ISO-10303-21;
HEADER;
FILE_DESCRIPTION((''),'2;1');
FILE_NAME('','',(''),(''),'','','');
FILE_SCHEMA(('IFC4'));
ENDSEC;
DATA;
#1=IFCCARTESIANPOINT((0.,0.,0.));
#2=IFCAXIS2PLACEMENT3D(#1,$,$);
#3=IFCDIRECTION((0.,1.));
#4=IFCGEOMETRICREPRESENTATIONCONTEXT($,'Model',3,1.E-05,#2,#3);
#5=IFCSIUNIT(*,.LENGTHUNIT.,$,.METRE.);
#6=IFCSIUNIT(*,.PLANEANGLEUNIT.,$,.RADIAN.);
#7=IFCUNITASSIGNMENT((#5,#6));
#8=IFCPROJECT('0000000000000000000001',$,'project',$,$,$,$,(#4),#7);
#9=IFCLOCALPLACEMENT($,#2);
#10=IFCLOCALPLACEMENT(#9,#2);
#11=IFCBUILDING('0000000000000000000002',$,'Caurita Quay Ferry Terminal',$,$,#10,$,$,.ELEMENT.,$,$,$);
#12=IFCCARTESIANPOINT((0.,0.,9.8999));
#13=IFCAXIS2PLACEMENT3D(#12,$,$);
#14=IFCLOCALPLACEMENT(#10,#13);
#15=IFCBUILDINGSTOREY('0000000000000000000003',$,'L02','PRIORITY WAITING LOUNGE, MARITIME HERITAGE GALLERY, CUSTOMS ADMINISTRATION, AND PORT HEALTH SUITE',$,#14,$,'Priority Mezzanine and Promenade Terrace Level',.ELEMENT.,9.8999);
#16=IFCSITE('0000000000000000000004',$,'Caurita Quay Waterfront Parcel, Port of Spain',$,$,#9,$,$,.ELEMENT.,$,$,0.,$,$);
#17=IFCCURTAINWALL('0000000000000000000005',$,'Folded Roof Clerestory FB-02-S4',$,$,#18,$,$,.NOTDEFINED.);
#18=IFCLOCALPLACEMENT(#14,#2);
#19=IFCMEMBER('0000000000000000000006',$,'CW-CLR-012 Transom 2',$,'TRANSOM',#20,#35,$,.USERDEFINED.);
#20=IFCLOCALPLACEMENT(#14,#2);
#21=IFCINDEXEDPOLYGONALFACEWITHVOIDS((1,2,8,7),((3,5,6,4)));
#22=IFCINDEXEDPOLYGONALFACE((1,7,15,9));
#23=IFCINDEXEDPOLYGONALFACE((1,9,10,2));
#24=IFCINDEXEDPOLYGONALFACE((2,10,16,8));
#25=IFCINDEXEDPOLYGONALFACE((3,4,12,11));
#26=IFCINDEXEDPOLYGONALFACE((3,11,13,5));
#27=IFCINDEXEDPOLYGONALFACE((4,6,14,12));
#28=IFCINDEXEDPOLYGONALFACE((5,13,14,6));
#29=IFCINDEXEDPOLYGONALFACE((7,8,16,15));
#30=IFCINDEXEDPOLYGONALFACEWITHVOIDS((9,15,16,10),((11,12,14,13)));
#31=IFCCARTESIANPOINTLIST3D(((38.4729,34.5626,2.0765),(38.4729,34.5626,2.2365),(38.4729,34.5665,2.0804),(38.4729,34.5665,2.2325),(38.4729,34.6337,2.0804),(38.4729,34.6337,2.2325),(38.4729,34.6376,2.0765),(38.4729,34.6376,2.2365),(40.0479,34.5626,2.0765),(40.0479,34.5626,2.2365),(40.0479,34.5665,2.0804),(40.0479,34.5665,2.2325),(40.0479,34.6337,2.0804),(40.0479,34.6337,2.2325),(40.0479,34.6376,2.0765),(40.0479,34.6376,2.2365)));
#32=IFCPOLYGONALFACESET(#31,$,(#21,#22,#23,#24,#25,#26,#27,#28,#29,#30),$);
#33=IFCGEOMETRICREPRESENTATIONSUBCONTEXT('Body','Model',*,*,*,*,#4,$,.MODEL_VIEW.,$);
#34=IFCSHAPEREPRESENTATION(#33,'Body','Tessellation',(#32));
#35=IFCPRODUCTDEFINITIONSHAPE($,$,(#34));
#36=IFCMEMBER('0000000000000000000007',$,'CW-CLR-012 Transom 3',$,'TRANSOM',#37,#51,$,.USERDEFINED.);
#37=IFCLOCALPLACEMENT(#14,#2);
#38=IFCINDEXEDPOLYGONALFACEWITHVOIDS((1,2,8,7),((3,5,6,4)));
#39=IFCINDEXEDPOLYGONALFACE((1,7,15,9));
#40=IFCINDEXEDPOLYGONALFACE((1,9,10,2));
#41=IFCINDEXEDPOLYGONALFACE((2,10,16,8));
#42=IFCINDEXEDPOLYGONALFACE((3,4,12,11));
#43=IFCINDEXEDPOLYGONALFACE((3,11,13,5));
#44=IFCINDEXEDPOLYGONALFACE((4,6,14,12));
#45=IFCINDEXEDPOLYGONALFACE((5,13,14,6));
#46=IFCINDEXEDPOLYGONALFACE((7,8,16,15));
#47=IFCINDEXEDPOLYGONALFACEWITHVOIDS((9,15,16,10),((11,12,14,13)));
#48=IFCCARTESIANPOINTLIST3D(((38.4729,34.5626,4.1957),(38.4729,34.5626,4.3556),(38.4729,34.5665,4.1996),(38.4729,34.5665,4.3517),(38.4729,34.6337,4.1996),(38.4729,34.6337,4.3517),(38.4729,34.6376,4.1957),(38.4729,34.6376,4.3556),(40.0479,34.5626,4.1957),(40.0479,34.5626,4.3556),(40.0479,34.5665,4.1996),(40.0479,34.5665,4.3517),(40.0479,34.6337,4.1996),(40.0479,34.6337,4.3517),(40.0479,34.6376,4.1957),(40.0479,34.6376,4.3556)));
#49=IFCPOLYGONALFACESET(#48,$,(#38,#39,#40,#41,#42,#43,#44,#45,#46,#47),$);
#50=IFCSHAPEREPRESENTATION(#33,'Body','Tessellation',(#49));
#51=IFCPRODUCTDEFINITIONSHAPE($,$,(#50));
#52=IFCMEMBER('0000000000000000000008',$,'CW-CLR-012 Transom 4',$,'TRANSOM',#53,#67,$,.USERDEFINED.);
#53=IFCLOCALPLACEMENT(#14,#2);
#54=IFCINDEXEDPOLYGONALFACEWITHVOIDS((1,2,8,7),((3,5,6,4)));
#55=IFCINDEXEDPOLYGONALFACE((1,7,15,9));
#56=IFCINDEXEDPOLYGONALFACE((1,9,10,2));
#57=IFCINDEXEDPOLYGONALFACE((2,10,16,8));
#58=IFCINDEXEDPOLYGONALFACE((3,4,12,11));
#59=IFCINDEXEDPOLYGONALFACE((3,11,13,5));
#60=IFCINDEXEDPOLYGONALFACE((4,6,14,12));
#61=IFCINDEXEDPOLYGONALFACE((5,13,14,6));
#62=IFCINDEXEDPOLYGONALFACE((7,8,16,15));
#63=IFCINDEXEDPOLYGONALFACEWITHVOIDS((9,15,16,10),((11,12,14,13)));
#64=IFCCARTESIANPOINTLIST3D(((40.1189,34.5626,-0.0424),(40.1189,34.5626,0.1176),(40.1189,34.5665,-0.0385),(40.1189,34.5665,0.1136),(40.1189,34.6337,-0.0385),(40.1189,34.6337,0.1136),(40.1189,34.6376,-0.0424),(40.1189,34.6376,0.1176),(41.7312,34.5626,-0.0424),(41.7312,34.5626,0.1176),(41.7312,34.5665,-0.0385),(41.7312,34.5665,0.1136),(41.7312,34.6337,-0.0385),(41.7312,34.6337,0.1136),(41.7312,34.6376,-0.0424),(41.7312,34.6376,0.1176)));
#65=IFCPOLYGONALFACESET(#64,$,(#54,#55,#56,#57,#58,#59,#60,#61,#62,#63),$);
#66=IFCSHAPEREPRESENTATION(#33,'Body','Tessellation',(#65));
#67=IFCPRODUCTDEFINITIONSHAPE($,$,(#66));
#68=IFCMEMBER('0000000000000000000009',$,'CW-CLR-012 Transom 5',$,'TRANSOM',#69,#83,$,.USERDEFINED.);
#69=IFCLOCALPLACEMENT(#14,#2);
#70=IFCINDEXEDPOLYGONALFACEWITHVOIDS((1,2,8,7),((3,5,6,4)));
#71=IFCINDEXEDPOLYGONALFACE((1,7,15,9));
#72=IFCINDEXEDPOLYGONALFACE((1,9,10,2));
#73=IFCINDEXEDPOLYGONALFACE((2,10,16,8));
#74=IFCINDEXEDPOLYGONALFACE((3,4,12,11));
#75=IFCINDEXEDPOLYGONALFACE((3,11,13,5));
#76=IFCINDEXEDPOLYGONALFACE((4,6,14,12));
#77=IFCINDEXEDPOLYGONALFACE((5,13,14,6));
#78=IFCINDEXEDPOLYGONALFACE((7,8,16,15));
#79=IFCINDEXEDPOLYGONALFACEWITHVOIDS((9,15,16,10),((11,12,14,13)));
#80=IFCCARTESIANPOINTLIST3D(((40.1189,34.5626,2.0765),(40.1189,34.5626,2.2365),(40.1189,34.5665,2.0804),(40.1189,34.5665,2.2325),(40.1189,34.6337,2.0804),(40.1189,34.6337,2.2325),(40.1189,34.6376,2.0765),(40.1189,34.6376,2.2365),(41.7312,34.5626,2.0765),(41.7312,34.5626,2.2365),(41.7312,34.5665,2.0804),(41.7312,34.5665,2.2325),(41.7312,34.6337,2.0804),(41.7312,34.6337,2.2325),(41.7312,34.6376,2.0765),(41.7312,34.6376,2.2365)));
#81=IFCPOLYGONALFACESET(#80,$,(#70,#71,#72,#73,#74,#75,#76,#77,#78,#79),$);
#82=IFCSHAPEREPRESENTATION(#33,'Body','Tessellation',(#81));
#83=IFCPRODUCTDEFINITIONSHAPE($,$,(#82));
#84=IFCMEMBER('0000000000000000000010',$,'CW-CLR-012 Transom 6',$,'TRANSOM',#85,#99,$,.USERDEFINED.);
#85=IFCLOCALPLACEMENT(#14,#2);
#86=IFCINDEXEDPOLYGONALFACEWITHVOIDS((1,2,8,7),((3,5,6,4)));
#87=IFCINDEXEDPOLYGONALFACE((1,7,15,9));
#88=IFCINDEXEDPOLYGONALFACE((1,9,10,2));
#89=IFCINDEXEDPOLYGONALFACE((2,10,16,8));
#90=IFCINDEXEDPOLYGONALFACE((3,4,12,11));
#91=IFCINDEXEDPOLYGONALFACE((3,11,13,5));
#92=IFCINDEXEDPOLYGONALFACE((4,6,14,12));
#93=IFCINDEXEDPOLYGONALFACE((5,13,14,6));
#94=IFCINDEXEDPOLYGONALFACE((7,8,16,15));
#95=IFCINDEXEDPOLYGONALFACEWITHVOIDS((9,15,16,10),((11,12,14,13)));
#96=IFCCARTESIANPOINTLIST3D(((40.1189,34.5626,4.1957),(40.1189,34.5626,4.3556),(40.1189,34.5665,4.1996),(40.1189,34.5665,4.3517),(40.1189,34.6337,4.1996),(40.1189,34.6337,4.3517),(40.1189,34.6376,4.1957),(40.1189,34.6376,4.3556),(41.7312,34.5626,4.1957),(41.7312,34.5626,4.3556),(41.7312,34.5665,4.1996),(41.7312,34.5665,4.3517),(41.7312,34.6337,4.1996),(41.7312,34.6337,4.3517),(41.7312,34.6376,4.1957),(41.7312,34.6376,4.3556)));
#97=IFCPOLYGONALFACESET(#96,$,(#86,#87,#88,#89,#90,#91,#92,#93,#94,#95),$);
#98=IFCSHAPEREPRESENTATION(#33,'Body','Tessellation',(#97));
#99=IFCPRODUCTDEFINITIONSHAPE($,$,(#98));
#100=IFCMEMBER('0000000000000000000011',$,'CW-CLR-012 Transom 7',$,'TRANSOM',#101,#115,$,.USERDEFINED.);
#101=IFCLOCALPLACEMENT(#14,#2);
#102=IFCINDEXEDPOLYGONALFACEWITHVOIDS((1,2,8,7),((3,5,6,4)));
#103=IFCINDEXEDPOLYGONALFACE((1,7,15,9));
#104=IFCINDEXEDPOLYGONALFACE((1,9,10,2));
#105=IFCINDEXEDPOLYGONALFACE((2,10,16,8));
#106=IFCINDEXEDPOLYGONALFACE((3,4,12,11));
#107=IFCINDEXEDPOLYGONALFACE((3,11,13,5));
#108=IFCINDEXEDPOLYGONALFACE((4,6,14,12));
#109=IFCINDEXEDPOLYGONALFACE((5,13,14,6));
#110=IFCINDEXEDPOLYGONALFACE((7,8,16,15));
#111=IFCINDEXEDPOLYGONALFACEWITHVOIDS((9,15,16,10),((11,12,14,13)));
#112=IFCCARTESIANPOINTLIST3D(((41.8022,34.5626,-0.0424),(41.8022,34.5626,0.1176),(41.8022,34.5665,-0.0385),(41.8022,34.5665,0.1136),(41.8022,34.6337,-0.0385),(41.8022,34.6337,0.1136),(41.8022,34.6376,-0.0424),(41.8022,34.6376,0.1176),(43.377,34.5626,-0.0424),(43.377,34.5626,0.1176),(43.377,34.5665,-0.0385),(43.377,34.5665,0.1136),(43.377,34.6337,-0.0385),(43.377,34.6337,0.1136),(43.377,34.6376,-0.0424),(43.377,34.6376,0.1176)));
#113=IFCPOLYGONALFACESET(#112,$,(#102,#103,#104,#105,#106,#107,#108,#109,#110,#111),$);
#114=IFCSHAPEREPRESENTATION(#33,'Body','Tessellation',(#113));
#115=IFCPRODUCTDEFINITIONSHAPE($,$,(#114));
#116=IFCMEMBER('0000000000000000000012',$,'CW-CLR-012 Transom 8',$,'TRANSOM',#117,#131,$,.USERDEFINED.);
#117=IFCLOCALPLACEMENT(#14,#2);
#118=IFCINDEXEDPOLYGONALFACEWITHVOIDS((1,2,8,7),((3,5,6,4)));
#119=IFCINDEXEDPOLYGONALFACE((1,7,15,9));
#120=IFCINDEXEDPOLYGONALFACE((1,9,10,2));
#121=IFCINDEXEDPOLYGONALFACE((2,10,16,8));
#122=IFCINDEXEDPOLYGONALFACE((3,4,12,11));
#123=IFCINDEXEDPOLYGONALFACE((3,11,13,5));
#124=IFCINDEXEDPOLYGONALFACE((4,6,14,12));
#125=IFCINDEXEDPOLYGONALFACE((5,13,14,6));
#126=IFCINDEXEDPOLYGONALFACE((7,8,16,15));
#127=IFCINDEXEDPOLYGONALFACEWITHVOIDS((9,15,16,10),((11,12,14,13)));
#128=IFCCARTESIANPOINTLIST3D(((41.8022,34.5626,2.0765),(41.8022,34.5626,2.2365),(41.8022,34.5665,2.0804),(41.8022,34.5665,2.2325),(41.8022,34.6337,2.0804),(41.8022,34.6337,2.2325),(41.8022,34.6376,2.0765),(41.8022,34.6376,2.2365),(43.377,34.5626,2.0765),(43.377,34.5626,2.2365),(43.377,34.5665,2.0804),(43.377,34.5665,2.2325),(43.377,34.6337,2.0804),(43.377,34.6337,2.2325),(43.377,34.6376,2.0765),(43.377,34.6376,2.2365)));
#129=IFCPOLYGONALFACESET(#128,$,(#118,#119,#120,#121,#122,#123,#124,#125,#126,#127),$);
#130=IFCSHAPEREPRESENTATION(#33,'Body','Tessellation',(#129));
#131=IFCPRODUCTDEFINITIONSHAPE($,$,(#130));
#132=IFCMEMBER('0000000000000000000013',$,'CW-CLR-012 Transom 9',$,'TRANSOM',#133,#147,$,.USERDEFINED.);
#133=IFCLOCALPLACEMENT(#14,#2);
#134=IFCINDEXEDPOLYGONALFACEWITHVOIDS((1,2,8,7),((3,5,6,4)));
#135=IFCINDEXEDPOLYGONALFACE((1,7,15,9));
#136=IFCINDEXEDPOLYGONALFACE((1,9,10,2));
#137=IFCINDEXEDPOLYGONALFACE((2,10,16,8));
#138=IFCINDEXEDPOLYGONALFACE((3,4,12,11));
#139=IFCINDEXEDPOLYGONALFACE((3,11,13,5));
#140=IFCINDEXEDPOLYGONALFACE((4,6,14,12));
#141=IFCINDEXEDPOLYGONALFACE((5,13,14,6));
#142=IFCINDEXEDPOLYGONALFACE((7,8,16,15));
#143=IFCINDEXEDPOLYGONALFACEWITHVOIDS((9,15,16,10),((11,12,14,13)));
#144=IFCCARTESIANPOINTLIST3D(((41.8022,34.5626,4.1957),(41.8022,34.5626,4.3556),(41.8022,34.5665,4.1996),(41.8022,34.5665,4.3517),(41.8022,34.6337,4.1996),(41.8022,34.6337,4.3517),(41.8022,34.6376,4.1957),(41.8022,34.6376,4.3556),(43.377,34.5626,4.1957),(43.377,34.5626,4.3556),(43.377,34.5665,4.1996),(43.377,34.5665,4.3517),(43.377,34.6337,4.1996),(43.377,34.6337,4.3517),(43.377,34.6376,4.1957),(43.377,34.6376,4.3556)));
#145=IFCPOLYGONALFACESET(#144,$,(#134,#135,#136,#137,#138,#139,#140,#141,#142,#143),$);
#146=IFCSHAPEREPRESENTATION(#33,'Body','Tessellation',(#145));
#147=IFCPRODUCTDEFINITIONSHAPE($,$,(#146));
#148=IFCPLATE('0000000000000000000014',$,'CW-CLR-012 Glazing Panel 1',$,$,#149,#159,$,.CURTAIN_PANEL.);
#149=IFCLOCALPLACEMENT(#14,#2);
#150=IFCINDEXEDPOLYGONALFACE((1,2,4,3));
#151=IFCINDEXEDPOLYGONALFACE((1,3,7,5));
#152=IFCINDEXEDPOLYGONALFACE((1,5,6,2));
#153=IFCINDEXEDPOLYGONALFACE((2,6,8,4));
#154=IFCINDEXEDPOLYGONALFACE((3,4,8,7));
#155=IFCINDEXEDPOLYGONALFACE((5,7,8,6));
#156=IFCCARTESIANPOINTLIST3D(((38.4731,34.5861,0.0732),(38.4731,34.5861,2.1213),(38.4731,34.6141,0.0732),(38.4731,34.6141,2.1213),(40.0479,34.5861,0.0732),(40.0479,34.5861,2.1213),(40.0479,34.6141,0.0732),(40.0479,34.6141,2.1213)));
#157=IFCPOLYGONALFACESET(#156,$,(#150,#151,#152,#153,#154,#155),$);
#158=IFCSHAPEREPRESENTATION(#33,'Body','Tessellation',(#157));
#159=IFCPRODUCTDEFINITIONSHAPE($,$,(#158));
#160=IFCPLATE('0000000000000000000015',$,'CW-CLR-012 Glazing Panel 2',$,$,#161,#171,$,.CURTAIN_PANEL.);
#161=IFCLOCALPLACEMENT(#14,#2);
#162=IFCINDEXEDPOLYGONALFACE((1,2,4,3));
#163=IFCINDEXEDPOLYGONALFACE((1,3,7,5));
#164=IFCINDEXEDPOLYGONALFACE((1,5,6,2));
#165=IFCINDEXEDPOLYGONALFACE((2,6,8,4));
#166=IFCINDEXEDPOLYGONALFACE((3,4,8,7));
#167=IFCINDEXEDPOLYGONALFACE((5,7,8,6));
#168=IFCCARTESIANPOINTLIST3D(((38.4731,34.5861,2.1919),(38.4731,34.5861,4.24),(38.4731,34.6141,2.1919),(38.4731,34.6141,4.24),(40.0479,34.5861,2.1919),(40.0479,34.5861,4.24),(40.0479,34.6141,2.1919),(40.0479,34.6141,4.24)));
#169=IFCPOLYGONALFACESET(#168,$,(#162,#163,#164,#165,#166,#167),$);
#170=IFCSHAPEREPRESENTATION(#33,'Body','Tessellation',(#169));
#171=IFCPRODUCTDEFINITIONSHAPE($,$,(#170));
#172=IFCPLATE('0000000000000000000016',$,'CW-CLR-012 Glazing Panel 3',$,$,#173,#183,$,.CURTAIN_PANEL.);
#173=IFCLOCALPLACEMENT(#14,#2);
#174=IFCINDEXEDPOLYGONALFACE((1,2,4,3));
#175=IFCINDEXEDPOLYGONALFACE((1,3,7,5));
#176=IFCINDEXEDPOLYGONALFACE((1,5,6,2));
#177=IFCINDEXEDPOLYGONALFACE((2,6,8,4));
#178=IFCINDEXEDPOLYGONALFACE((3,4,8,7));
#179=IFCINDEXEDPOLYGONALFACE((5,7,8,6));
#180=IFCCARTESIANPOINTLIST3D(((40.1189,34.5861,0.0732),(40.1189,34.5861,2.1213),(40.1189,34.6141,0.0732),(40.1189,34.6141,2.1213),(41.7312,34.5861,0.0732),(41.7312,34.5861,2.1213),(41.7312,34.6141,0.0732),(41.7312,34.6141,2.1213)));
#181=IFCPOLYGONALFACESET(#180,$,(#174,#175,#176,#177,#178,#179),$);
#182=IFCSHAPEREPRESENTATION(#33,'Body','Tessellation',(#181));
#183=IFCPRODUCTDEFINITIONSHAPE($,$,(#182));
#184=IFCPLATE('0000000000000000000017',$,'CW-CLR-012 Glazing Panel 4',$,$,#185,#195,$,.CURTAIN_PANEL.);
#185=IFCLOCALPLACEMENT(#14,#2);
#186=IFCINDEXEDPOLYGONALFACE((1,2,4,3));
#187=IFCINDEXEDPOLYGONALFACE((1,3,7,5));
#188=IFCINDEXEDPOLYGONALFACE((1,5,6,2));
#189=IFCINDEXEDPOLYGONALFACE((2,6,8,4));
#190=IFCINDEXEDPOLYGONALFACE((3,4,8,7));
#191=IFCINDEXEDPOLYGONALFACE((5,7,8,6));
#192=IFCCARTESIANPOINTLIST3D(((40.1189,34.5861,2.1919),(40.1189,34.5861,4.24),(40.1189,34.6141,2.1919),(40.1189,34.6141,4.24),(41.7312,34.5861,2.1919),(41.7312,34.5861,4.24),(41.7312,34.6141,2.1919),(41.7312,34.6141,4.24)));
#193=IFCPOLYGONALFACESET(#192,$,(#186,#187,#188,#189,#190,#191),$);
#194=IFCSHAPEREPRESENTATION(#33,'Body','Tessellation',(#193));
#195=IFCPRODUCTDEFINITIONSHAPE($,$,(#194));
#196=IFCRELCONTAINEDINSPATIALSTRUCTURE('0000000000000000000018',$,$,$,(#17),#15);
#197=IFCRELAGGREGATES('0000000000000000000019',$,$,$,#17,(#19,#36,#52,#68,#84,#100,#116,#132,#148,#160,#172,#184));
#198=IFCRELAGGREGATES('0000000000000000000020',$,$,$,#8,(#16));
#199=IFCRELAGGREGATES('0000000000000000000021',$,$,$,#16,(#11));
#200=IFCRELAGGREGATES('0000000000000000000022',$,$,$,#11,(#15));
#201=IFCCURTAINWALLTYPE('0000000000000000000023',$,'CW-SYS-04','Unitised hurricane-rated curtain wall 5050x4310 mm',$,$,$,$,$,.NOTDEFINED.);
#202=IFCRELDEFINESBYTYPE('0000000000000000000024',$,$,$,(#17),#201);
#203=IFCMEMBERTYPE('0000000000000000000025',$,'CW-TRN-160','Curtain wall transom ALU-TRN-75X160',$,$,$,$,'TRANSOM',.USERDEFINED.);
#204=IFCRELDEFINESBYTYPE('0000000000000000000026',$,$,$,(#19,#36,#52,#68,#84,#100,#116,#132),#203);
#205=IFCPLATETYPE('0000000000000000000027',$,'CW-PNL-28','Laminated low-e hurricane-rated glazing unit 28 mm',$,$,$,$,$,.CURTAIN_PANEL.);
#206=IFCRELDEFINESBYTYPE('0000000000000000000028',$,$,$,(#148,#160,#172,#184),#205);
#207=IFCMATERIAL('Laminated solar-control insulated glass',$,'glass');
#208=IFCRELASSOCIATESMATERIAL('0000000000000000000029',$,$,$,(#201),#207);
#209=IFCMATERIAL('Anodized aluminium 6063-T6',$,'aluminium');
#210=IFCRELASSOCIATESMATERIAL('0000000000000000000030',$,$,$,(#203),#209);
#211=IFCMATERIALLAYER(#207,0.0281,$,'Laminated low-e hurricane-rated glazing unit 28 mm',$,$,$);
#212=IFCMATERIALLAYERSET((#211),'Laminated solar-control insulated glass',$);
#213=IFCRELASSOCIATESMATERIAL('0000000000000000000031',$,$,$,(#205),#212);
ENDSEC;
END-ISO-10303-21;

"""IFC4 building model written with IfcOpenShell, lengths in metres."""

from ifc_helpers import new_model, si_unit, direction, frame, origin, origin_2d, place, context, subcontext, project, spatial, rectangle, hollow_rectangle, extrude, material, layer, layer_set, material_profile, profile_set, type_object, element, aggregate, save


model = new_model("IFC4")

# Units and contexts
model_context = context("Model", 3, precision=1e-05, world=origin(), true_north=direction((0.0, 1.0)))
body_context = subcontext(model_context, "Body", "Model", "MODEL_VIEW")
ifc_project = project(units=[si_unit("LENGTHUNIT", "METRE"), si_unit("PLANEANGLEUNIT", "RADIAN")], contexts=[model_context])

# Site, building, storey
site_placement = place(None, origin())
site = spatial("IfcSite", under=ifc_project, at=site_placement, Name="Caurita Quay Waterfront Parcel, Port of Spain", CompositionType="ELEMENT", RefElevation=0.0)
building_placement = place(site_placement, origin())
building = spatial("IfcBuilding", under=site, at=building_placement, Name="Caurita Quay Ferry Terminal", CompositionType="ELEMENT")
storey_placement = place(building_placement, frame((0.0, 0.0, 9.8999)))
storey = spatial("IfcBuildingStorey", under=building, at=storey_placement, Name="L02", Description="PRIORITY WAITING LOUNGE, MARITIME HERITAGE GALLERY, CUSTOMS ADMINISTRATION, AND PORT HEALTH SUITE", LongName="Priority Mezzanine and Promenade Terrace Level", CompositionType="ELEMENT", Elevation=9.8999)

# Curtain wall, members, plates
ifc_material_1 = material(Name="Laminated solar-control insulated glass", Category="glass")
curtain_wall_type = type_object("IfcCurtainWallType", Name="CW-SYS-04", Description="Unitised hurricane-rated curtain wall 5050x4310 mm", PredefinedType="NOTDEFINED", material=ifc_material_1)
curtain_wall_placement = place(storey_placement, origin())
curtain_wall = element("IfcCurtainWall", 1, at=curtain_wall_placement, inside=storey, type_object=curtain_wall_type, Name="Folded Roof Clerestory FB-02-S4", PredefinedType="NOTDEFINED")
ifc_material_2 = material(Name="Anodized aluminium 6063-T6", Category="aluminium")
ifc_material_profile_1 = material_profile(ifc_material_2, hollow_rectangle(XDim=0.075, YDim=0.1599, WallThickness=0.0039, at=origin_2d()), Name="ALU-TRN-75X160")
ifc_profile_set_1 = profile_set([ifc_material_profile_1], Name="Anodized aluminium 6063-T6")
member_type_1 = type_object("IfcMemberType", Name="CW-TRN-160", Description="Curtain wall transom ALU-TRN-75X160", ElementType="TRANSOM", PredefinedType="USERDEFINED", material=ifc_profile_set_1)
member_1_placement = place(storey_placement, frame((38.4729, 34.6001, 2.1565), z_axis=(1.0, 0.0, 0.0), x_axis=(0.0, 1.0, 0.0)))
member_1 = element("IfcMember", 2, at=member_1_placement, type_object=member_type_1, Name="CW-CLR-012 Transom 2", ObjectType="TRANSOM", PredefinedType="USERDEFINED", context=body_context, shape_type="SweptSolid", body=[
    extrude(hollow_rectangle(XDim=0.075, YDim=0.1599, WallThickness=0.0039, at=origin_2d()), origin(), (0.0, 0.0, 1.0), 1.575),
])
member_2_placement = place(storey_placement, frame((38.4729, 34.6001, 4.2756), z_axis=(1.0, 0.0, 0.0), x_axis=(0.0, 1.0, 0.0)))
member_2 = element("IfcMember", 3, at=member_2_placement, type_object=member_type_1, Name="CW-CLR-012 Transom 3", ObjectType="TRANSOM", PredefinedType="USERDEFINED", context=body_context, shape_type="SweptSolid", body=[
    extrude(hollow_rectangle(XDim=0.075, YDim=0.1599, WallThickness=0.0039, at=origin_2d()), origin(), (0.0, 0.0, 1.0), 1.575),
])
member_3_placement = place(storey_placement, frame((40.1189, 34.6001, 0.0376), z_axis=(1.0, 0.0, 0.0), x_axis=(0.0, 1.0, 0.0)))
member_3 = element("IfcMember", 4, at=member_3_placement, type_object=member_type_1, Name="CW-CLR-012 Transom 4", ObjectType="TRANSOM", PredefinedType="USERDEFINED", context=body_context, shape_type="SweptSolid", body=[
    extrude(hollow_rectangle(XDim=0.075, YDim=0.1599, WallThickness=0.0039, at=origin_2d()), origin(), (0.0, 0.0, 1.0), 1.6123),
])
member_4_placement = place(storey_placement, frame((40.1189, 34.6001, 2.1565), z_axis=(1.0, 0.0, 0.0), x_axis=(0.0, 1.0, 0.0)))
member_4 = element("IfcMember", 5, at=member_4_placement, type_object=member_type_1, Name="CW-CLR-012 Transom 5", ObjectType="TRANSOM", PredefinedType="USERDEFINED", context=body_context, shape_type="SweptSolid", body=[
    extrude(hollow_rectangle(XDim=0.075, YDim=0.1599, WallThickness=0.0039, at=origin_2d()), origin(), (0.0, 0.0, 1.0), 1.6123),
])
member_5_placement = place(storey_placement, frame((40.1189, 34.6001, 4.2756), z_axis=(1.0, 0.0, 0.0), x_axis=(0.0, 1.0, 0.0)))
member_5 = element("IfcMember", 6, at=member_5_placement, type_object=member_type_1, Name="CW-CLR-012 Transom 6", ObjectType="TRANSOM", PredefinedType="USERDEFINED", context=body_context, shape_type="SweptSolid", body=[
    extrude(hollow_rectangle(XDim=0.075, YDim=0.1599, WallThickness=0.0039, at=origin_2d()), origin(), (0.0, 0.0, 1.0), 1.6123),
])
member_6_placement = place(storey_placement, frame((41.8022, 34.6001, 0.0376), z_axis=(1.0, 0.0, 0.0), x_axis=(0.0, 1.0, 0.0)))
member_6 = element("IfcMember", 7, at=member_6_placement, type_object=member_type_1, Name="CW-CLR-012 Transom 7", ObjectType="TRANSOM", PredefinedType="USERDEFINED", context=body_context, shape_type="SweptSolid", body=[
    extrude(hollow_rectangle(XDim=0.075, YDim=0.1599, WallThickness=0.0039, at=origin_2d()), origin(), (0.0, 0.0, 1.0), 1.5747),
])
member_7_placement = place(storey_placement, frame((41.8022, 34.6001, 2.1565), z_axis=(1.0, 0.0, 0.0), x_axis=(0.0, 1.0, 0.0)))
member_7 = element("IfcMember", 8, at=member_7_placement, type_object=member_type_1, Name="CW-CLR-012 Transom 8", ObjectType="TRANSOM", PredefinedType="USERDEFINED", context=body_context, shape_type="SweptSolid", body=[
    extrude(hollow_rectangle(XDim=0.075, YDim=0.1599, WallThickness=0.0039, at=origin_2d()), origin(), (0.0, 0.0, 1.0), 1.5747),
])
member_8_placement = place(storey_placement, frame((41.8022, 34.6001, 4.2756), z_axis=(1.0, 0.0, 0.0), x_axis=(0.0, 1.0, 0.0)))
member_8 = element("IfcMember", 9, at=member_8_placement, type_object=member_type_1, Name="CW-CLR-012 Transom 9", ObjectType="TRANSOM", PredefinedType="USERDEFINED", context=body_context, shape_type="SweptSolid", body=[
    extrude(hollow_rectangle(XDim=0.075, YDim=0.1599, WallThickness=0.0039, at=origin_2d()), origin(), (0.0, 0.0, 1.0), 1.5747),
])
ifc_layer = layer(ifc_material_1, 0.0281, Name="Laminated low-e hurricane-rated glazing unit 28 mm")
ifc_layer_set = layer_set([ifc_layer], Name="Laminated solar-control insulated glass")
plate_type = type_object("IfcPlateType", Name="CW-PNL-28", Description="Laminated low-e hurricane-rated glazing unit 28 mm", PredefinedType="CURTAIN_PANEL", material=ifc_layer_set)
plate_1_placement = place(storey_placement, frame((39.2605, 34.6001, 0.0732), z_axis=(0.0, 0.0, 1.0), x_axis=(1.0, 0.0, 0.0)))
plate_1 = element("IfcPlate", 10, at=plate_1_placement, type_object=plate_type, Name="CW-CLR-012 Glazing Panel 1", PredefinedType="CURTAIN_PANEL", context=body_context, shape_type="SweptSolid", body=[
    extrude(rectangle(XDim=1.5747, YDim=0.0281, at=origin_2d()), origin(), (0.0, 0.0, 1.0), 2.0481),
])
plate_2_placement = place(storey_placement, frame((39.2605, 34.6001, 2.1919), z_axis=(0.0, 0.0, 1.0), x_axis=(1.0, 0.0, 0.0)))
plate_2 = element("IfcPlate", 11, at=plate_2_placement, type_object=plate_type, Name="CW-CLR-012 Glazing Panel 2", PredefinedType="CURTAIN_PANEL", context=body_context, shape_type="SweptSolid", body=[
    extrude(rectangle(XDim=1.5747, YDim=0.0281, at=origin_2d()), origin(), (0.0, 0.0, 1.0), 2.0481),
])
plate_3_placement = place(storey_placement, frame((40.925, 34.6001, 0.0732), z_axis=(0.0, 0.0, 1.0), x_axis=(1.0, 0.0, 0.0)))
plate_3 = element("IfcPlate", 12, at=plate_3_placement, type_object=plate_type, Name="CW-CLR-012 Glazing Panel 3", PredefinedType="CURTAIN_PANEL", context=body_context, shape_type="SweptSolid", body=[
    extrude(rectangle(XDim=1.6123, YDim=0.0281, at=origin_2d()), origin(), (0.0, 0.0, 1.0), 2.0481),
])
plate_4_placement = place(storey_placement, frame((40.925, 34.6001, 2.1919), z_axis=(0.0, 0.0, 1.0), x_axis=(1.0, 0.0, 0.0)))
plate_4 = element("IfcPlate", 13, at=plate_4_placement, type_object=plate_type, Name="CW-CLR-012 Glazing Panel 4", PredefinedType="CURTAIN_PANEL", context=body_context, shape_type="SweptSolid", body=[
    extrude(rectangle(XDim=1.6123, YDim=0.0281, at=origin_2d()), origin(), (0.0, 0.0, 1.0), 2.0481),
])
aggregate(curtain_wall, [member_1, member_2, member_3, member_4, member_5, member_6, member_7, member_8, plate_1, plate_2, plate_3, plate_4])

save(model, "model.ifc")
